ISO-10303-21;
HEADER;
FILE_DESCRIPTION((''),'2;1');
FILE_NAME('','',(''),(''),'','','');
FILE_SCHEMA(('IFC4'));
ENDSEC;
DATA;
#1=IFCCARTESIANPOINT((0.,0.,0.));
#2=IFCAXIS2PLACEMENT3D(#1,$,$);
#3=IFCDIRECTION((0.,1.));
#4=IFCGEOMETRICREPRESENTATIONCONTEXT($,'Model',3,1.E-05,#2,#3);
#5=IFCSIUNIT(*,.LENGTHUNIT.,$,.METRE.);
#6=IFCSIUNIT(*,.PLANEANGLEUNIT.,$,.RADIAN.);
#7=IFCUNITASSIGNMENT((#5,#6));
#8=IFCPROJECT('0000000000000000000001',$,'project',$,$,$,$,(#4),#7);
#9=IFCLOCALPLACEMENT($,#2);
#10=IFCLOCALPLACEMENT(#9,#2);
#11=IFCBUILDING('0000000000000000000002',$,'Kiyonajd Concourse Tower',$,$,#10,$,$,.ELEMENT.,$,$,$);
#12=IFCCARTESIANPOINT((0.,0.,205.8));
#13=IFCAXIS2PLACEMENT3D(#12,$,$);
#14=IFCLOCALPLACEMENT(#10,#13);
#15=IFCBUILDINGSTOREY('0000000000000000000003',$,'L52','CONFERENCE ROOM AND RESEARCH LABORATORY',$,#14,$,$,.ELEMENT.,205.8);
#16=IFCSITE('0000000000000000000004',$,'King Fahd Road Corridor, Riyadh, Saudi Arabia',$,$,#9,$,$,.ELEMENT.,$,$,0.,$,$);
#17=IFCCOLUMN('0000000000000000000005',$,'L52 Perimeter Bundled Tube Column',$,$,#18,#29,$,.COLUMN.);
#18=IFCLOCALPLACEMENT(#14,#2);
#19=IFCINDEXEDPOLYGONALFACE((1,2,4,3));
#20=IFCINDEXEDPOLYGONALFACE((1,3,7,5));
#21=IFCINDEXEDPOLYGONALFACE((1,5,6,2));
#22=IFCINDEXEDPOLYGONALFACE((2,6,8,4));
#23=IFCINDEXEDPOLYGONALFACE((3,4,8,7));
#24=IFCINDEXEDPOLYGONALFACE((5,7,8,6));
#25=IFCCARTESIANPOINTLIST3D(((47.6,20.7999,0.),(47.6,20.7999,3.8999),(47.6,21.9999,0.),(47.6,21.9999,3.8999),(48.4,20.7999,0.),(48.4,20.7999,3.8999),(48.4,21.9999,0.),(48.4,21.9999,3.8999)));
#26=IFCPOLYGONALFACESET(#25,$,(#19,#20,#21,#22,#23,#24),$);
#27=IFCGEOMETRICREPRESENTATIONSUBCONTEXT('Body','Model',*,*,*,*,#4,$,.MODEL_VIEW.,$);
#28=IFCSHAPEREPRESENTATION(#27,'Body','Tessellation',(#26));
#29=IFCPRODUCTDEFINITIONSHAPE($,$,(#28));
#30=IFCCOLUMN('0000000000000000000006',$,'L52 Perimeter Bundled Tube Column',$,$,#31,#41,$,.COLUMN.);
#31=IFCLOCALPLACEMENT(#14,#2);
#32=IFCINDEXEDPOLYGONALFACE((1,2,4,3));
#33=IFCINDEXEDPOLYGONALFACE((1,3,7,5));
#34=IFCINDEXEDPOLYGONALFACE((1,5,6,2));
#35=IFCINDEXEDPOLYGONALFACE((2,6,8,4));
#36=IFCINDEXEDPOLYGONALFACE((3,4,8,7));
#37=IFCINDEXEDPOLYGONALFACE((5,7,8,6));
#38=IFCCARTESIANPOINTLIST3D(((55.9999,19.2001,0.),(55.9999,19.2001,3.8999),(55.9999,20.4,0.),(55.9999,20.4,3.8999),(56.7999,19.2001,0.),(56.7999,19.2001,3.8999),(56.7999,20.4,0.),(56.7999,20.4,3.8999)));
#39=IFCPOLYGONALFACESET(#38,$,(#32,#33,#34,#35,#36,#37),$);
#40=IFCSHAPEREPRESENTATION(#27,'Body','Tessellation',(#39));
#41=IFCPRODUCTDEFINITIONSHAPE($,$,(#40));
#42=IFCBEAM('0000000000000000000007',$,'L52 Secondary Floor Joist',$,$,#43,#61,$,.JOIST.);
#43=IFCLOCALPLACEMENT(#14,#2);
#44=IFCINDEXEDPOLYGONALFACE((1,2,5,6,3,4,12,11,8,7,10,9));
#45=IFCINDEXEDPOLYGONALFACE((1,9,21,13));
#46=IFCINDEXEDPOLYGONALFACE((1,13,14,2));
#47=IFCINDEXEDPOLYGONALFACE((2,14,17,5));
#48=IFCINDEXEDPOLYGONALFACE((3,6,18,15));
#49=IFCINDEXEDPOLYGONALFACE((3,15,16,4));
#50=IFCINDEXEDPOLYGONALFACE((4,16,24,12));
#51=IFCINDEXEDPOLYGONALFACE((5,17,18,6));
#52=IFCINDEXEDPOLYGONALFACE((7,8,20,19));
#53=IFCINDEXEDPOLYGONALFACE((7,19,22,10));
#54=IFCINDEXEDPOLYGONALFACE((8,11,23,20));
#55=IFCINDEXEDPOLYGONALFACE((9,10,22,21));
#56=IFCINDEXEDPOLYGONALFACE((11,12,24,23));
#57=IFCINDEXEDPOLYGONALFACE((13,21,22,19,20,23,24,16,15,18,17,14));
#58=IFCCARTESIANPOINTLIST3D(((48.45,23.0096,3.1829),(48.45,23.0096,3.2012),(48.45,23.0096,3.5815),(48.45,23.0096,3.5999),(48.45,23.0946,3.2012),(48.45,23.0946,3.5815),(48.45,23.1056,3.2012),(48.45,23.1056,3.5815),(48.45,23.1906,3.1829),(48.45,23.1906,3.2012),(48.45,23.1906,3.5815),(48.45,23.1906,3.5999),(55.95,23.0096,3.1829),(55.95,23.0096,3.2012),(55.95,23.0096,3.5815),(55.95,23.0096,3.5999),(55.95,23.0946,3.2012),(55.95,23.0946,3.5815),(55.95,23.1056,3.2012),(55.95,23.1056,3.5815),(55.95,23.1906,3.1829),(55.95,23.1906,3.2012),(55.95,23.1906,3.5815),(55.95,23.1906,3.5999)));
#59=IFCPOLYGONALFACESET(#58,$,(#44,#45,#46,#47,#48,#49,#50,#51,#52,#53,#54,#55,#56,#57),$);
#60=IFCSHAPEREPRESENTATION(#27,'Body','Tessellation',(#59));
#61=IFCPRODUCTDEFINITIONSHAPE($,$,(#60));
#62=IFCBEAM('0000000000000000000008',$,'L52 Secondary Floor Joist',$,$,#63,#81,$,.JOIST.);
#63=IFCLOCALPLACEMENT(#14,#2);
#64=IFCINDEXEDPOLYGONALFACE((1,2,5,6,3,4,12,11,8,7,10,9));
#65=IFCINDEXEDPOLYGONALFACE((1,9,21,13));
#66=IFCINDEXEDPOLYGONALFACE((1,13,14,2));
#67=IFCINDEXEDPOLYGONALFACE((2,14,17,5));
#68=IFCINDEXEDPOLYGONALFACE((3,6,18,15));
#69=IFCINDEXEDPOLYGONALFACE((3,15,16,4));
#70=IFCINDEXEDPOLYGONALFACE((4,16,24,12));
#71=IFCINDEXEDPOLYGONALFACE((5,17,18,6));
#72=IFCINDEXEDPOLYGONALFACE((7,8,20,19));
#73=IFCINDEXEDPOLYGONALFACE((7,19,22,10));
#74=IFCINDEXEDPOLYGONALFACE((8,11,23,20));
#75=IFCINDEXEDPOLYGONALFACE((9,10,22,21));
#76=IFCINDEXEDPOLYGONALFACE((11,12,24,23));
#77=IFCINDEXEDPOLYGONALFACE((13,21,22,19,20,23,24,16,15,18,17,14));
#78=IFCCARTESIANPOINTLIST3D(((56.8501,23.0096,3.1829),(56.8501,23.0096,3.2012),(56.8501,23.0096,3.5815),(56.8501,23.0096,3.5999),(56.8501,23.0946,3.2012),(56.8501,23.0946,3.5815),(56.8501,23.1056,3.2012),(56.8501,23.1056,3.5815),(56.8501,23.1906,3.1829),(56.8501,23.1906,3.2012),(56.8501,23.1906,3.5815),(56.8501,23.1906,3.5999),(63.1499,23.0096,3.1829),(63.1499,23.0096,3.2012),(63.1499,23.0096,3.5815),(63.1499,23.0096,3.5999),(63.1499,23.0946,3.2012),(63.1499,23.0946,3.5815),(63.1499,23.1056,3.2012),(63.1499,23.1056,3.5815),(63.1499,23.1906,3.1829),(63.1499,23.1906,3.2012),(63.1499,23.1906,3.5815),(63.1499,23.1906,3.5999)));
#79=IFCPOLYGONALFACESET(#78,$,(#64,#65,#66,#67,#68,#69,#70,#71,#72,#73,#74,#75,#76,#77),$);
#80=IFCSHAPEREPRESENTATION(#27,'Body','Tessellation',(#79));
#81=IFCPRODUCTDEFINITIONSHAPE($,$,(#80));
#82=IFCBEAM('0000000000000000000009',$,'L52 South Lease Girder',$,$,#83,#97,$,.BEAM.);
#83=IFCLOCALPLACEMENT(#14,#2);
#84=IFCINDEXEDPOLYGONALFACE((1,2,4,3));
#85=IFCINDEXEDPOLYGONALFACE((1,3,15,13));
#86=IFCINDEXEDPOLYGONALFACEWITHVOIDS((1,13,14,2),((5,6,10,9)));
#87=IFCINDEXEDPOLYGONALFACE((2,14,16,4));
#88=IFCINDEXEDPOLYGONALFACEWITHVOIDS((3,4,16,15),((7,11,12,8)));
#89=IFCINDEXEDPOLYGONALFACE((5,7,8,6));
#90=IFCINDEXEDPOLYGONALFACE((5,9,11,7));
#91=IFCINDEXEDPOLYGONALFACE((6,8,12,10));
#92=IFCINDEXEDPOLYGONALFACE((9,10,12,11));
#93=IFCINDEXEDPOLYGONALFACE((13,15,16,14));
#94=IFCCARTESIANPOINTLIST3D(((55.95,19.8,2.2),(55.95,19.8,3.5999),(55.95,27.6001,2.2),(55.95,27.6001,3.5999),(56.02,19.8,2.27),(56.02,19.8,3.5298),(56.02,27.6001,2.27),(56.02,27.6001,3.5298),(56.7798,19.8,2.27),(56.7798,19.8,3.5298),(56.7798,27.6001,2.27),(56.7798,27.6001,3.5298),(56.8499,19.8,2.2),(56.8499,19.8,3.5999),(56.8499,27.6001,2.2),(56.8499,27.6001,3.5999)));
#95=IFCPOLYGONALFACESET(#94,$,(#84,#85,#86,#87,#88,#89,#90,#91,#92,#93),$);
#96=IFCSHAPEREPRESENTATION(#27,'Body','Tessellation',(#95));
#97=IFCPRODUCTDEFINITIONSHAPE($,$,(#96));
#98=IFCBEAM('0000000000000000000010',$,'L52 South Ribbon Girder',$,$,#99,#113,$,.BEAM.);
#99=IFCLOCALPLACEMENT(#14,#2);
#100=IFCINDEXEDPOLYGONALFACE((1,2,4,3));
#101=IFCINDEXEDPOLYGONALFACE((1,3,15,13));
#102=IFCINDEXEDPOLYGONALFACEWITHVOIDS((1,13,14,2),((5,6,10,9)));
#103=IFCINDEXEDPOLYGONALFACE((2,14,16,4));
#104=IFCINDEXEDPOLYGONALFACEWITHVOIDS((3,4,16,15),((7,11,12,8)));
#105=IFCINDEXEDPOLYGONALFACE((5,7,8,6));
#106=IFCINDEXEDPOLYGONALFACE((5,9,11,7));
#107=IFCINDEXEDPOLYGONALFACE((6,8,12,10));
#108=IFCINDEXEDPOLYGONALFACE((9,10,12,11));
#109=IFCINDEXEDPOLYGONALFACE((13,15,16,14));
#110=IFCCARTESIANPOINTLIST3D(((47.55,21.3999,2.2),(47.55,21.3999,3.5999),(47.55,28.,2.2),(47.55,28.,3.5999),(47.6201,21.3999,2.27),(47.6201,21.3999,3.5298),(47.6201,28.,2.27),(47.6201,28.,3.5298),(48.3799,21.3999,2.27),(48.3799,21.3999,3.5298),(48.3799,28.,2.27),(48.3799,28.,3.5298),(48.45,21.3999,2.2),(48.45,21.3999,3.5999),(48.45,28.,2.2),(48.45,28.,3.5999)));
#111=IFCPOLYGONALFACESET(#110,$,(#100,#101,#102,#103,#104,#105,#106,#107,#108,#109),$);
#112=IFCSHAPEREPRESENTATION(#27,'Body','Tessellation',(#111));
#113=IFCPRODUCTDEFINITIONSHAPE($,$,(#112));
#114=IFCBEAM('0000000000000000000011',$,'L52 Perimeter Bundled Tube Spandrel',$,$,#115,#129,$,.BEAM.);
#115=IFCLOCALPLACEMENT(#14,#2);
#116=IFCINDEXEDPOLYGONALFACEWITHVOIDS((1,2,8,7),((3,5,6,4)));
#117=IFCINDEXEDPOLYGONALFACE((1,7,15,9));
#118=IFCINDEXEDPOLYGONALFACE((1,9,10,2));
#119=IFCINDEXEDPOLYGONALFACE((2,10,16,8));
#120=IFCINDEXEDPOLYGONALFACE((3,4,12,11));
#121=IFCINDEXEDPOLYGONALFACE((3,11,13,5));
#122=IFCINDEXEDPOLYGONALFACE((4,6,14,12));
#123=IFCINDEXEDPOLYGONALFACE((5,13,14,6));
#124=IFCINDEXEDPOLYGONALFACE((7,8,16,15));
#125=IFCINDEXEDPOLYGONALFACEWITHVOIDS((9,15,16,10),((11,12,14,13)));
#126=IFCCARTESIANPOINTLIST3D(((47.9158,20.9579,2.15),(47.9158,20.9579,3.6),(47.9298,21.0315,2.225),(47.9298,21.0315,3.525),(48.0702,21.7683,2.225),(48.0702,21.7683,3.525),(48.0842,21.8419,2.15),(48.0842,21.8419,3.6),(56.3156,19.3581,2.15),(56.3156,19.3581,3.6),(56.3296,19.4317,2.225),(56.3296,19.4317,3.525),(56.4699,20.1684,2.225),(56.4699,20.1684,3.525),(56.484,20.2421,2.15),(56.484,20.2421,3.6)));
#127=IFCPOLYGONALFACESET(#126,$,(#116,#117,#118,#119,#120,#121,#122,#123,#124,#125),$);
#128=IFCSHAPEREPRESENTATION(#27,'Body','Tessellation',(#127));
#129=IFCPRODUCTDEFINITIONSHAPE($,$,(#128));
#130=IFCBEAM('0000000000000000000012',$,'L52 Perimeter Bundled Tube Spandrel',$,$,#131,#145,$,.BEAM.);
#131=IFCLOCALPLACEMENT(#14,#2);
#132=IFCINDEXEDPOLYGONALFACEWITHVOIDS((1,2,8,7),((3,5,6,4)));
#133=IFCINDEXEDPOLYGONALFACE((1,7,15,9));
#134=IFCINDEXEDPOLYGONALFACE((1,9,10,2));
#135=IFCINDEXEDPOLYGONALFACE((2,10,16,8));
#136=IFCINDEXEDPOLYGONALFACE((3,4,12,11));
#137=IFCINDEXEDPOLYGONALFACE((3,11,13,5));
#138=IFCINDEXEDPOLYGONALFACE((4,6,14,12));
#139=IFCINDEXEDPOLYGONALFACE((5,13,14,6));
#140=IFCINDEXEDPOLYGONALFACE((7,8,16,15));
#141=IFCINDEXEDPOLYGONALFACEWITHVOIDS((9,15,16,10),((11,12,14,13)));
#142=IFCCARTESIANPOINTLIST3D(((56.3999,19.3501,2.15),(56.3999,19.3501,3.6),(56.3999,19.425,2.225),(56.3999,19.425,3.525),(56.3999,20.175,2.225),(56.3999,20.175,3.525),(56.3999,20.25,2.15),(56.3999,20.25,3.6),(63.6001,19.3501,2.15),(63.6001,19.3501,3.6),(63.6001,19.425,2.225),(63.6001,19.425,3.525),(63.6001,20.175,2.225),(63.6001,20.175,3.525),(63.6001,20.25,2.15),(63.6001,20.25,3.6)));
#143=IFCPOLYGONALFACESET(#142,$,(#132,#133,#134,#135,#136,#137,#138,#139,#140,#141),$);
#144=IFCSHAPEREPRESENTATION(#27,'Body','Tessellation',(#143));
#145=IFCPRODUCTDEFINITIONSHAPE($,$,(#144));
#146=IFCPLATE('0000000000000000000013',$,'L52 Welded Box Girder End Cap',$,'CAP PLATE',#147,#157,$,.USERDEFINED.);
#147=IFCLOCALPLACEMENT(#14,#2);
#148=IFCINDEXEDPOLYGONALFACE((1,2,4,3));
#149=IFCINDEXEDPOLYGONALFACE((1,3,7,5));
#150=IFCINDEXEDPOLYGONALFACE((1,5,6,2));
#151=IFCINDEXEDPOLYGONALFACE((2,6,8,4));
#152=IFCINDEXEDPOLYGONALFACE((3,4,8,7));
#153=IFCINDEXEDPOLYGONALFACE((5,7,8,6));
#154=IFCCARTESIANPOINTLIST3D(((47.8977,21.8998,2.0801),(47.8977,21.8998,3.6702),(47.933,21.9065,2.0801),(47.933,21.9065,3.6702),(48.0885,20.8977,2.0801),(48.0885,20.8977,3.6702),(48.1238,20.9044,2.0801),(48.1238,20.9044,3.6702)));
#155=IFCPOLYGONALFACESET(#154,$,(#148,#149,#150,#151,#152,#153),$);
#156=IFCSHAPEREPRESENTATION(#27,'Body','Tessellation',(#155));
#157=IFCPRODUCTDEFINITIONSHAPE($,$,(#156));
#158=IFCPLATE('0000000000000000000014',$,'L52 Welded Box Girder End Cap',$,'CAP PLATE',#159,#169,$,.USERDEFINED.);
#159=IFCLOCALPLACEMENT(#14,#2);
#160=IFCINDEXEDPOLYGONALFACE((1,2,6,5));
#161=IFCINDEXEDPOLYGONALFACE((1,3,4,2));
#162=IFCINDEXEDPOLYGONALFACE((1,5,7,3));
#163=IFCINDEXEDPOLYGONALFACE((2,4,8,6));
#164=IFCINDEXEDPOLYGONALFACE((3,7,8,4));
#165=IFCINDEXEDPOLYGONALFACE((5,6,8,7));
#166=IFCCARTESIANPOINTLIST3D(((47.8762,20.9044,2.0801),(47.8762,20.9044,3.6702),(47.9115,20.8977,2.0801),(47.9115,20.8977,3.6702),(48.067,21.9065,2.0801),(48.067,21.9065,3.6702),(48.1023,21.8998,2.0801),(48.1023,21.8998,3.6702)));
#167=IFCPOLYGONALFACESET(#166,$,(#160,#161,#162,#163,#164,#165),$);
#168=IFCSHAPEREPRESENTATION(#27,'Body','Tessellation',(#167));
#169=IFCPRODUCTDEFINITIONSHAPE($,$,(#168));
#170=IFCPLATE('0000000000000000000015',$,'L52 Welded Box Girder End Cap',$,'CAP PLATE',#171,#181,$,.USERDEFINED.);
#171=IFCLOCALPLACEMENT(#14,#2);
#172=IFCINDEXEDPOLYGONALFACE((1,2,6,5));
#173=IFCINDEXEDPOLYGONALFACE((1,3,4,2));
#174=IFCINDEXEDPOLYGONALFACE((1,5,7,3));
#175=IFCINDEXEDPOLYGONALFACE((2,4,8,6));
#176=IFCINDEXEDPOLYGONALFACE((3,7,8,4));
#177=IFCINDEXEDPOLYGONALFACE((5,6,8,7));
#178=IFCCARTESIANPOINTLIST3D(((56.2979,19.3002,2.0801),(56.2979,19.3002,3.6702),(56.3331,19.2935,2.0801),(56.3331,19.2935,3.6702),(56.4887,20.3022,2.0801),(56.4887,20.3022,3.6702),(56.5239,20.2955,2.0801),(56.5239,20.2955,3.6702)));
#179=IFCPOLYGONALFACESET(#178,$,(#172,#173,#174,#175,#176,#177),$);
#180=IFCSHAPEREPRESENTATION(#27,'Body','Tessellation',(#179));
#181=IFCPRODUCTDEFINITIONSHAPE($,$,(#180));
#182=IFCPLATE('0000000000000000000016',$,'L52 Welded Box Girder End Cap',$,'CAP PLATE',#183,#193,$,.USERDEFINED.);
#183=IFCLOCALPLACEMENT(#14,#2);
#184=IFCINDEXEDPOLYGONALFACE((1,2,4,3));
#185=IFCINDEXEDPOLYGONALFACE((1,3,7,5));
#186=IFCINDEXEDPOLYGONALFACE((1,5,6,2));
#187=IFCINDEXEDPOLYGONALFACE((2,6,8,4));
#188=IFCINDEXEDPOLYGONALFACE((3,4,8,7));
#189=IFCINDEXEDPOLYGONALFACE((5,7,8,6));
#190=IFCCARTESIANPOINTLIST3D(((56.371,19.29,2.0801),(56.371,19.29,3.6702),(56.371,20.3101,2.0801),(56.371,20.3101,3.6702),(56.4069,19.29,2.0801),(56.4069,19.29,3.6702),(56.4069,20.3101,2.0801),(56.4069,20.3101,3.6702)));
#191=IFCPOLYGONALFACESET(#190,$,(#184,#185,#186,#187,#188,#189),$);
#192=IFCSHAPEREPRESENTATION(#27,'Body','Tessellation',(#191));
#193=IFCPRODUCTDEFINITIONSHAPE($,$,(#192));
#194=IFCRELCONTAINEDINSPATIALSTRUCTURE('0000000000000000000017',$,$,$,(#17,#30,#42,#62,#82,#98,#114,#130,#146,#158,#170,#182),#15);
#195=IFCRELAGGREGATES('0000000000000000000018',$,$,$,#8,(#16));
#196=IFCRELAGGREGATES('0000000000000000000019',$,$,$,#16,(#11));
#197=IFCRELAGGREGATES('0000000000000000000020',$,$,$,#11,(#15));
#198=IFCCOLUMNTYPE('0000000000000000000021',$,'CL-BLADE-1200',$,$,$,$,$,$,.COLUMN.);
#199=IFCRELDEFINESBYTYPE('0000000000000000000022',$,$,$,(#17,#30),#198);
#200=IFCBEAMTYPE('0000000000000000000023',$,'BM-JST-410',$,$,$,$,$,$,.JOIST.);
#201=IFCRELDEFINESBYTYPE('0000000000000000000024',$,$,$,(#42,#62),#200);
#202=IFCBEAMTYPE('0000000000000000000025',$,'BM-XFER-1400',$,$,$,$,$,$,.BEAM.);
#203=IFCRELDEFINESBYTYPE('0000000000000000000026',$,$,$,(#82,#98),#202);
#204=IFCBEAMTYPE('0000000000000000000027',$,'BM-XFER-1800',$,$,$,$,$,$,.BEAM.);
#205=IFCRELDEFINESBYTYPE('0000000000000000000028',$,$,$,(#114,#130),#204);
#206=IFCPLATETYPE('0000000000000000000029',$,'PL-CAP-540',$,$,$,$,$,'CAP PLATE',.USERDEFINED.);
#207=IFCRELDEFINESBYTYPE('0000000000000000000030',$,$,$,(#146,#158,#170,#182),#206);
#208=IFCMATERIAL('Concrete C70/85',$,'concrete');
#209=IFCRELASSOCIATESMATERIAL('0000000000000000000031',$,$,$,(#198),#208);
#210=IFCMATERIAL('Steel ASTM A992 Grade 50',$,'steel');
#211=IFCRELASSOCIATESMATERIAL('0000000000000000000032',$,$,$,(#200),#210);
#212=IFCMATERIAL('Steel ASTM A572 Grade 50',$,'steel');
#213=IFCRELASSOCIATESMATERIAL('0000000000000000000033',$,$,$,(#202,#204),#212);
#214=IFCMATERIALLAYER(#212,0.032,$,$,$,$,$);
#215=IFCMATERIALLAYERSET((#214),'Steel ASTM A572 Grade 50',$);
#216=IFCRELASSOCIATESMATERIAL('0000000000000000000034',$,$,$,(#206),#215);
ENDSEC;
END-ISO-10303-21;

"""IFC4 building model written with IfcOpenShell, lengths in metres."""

from ifc_helpers import new_model, si_unit, direction, frame, origin, origin_2d, place, context, subcontext, project, spatial, rectangle, hollow_rectangle, i_section, extrude, material, layer, layer_set, material_profile, profile_set, type_object, element, save


model = new_model("IFC4")

# Units and contexts
model_context = context("Model", 3, precision=1e-05, world=origin(), true_north=direction((0.0, 1.0)))
body_context = subcontext(model_context, "Body", "Model", "MODEL_VIEW")
ifc_project = project(units=[si_unit("LENGTHUNIT", "METRE"), si_unit("PLANEANGLEUNIT", "RADIAN")], contexts=[model_context])

# Site, building, storey
site_placement = place(None, origin())
site = spatial("IfcSite", under=ifc_project, at=site_placement, Name="King Fahd Road Corridor, Riyadh, Saudi Arabia", CompositionType="ELEMENT", RefElevation=0.0)
building_placement = place(site_placement, origin())
building = spatial("IfcBuilding", under=site, at=building_placement, Name="Kiyonajd Concourse Tower", CompositionType="ELEMENT")
storey_placement = place(building_placement, frame((0.0, 0.0, 205.8)))
storey = spatial("IfcBuildingStorey", under=building, at=storey_placement, Name="L52", Description="CONFERENCE ROOM AND RESEARCH LABORATORY", CompositionType="ELEMENT", Elevation=205.8)

# Columns
ifc_material_1 = material(Name="Concrete C70/85", Category="concrete")
ifc_material_profile_1 = material_profile(ifc_material_1, rectangle(XDim=0.8, YDim=1.2, at=origin_2d()), Name="RC-1200x800")
ifc_profile_set_1 = profile_set([ifc_material_profile_1], Name="Concrete C70/85")
column_type = type_object("IfcColumnType", Name="CL-BLADE-1200", PredefinedType="COLUMN", material=ifc_profile_set_1)
for number, where, z_axis, x_axis, name in (
    (1, (48.0, 21.3999, 0.0), (0.0, 0.0, 1.0), (1.0, 0.0, 0.0), "L52 Perimeter Bundled Tube Column"),
    (2, (56.3999, 19.8, 0.0), (0.0, 0.0, 1.0), (1.0, 0.0, 0.0), "L52 Perimeter Bundled Tube Column"),
):
    element("IfcColumn", number, at=place(storey_placement, frame(where, z_axis=z_axis, x_axis=x_axis)), inside=storey, type_object=column_type, Name=name, PredefinedType="COLUMN", context=body_context, shape_type="SweptSolid", body=[
        extrude(rectangle(XDim=0.8, YDim=1.2, at=origin_2d()), origin(), (0.0, 0.0, 1.0), 3.8999),
    ])

# Beams
ifc_material_2 = material(Name="Steel ASTM A992 Grade 50", Category="steel")
ifc_material_profile_2 = material_profile(ifc_material_2, i_section(OverallWidth=0.1809, OverallDepth=0.417, WebThickness=0.011, FlangeThickness=0.0183, at=origin_2d()), Name="W410X85")
ifc_profile_set_2 = profile_set([ifc_material_profile_2], Name="Steel ASTM A992 Grade 50")
beam_type_1 = type_object("IfcBeamType", Name="BM-JST-410", PredefinedType="JOIST", material=ifc_profile_set_2)
beam_1_placement = place(storey_placement, frame((48.45, 23.1001, 3.3914), z_axis=(1.0, 0.0, 0.0), x_axis=(0.0, 1.0, 0.0)))
element("IfcBeam", 3, at=beam_1_placement, inside=storey, type_object=beam_type_1, Name="L52 Secondary Floor Joist", PredefinedType="JOIST", context=body_context, shape_type="SweptSolid", body=[
    extrude(i_section(OverallWidth=0.1809, OverallDepth=0.417, WebThickness=0.011, FlangeThickness=0.0183, at=origin_2d()), origin(), (0.0, 0.0, 1.0), 7.5),
])
beam_2_placement = place(storey_placement, frame((56.8501, 23.1001, 3.3914), z_axis=(1.0, 0.0, 0.0), x_axis=(0.0, 1.0, 0.0)))
element("IfcBeam", 4, at=beam_2_placement, inside=storey, type_object=beam_type_1, Name="L52 Secondary Floor Joist", PredefinedType="JOIST", context=body_context, shape_type="SweptSolid", body=[
    extrude(i_section(OverallWidth=0.1809, OverallDepth=0.417, WebThickness=0.011, FlangeThickness=0.0183, at=origin_2d()), origin(), (0.0, 0.0, 1.0), 6.2998),
])
ifc_material_3 = material(Name="Steel ASTM A572 Grade 50", Category="steel")
ifc_material_profile_3 = material_profile(ifc_material_3, hollow_rectangle(XDim=0.8999, YDim=1.3999, WallThickness=0.0701, at=origin_2d()), Name="BOX-1400x900x70")
ifc_profile_set_3 = profile_set([ifc_material_profile_3], Name="Steel ASTM A572 Grade 50")
beam_type_2 = type_object("IfcBeamType", Name="BM-XFER-1400", PredefinedType="BEAM", material=ifc_profile_set_3)
beam_3_placement = place(storey_placement, frame((56.3999, 19.8, 2.8999), z_axis=(0.0, 1.0, 0.0), x_axis=(-1.0, 0.0, 0.0)))
element("IfcBeam", 5, at=beam_3_placement, inside=storey, type_object=beam_type_2, Name="L52 South Lease Girder", PredefinedType="BEAM", context=body_context, shape_type="SweptSolid", body=[
    extrude(hollow_rectangle(XDim=0.8999, YDim=1.3999, WallThickness=0.0701, at=origin_2d()), origin(), (0.0, 0.0, 1.0), 7.8),
])
beam_4_placement = place(storey_placement, frame((48.0, 21.3999, 2.8999), z_axis=(0.0, 1.0, 0.0), x_axis=(-1.0, 0.0, 0.0)))
element("IfcBeam", 6, at=beam_4_placement, inside=storey, type_object=beam_type_2, Name="L52 South Ribbon Girder", PredefinedType="BEAM", context=body_context, shape_type="SweptSolid", body=[
    extrude(hollow_rectangle(XDim=0.8999, YDim=1.3999, WallThickness=0.0701, at=origin_2d()), origin(), (0.0, 0.0, 1.0), 6.6001),
])
ifc_material_profile_4 = material_profile(ifc_material_3, hollow_rectangle(XDim=0.8999, YDim=1.45, WallThickness=0.075, at=origin_2d()), Name="BOX-1450x900x75")
ifc_profile_set_4 = profile_set([ifc_material_profile_4], Name="Steel ASTM A572 Grade 50")
beam_type_3 = type_object("IfcBeamType", Name="BM-XFER-1800", PredefinedType="BEAM", material=ifc_profile_set_4)
beam_5_placement = place(storey_placement, frame((48.0, 21.3999, 2.875), z_axis=(0.982341, -0.187098, 0.0), x_axis=(0.187098, 0.982341, 0.0)))
element("IfcBeam", 7, at=beam_5_placement, inside=storey, type_object=beam_type_3, Name="L52 Perimeter Bundled Tube Spandrel", PredefinedType="BEAM", context=body_context, shape_type="SweptSolid", body=[
    extrude(hollow_rectangle(XDim=0.8999, YDim=1.45, WallThickness=0.075, at=origin_2d()), origin(), (0.0, 0.0, 1.0), 8.5508),
])
beam_6_placement = place(storey_placement, frame((56.3999, 19.8, 2.875), z_axis=(1.0, 0.0, 0.0), x_axis=(0.0, 1.0, 0.0)))
element("IfcBeam", 8, at=beam_6_placement, inside=storey, type_object=beam_type_3, Name="L52 Perimeter Bundled Tube Spandrel", PredefinedType="BEAM", context=body_context, shape_type="SweptSolid", body=[
    extrude(hollow_rectangle(XDim=0.8999, YDim=1.45, WallThickness=0.075, at=origin_2d()), origin(), (0.0, 0.0, 1.0), 7.2002),
])

# Plates
ifc_layer_1 = layer(ifc_material_3, 0.032)
ifc_layer_set_1 = layer_set([ifc_layer_1], Name="Steel ASTM A572 Grade 50")
plate_type_1 = type_object("IfcPlateType", Name="PL-CAP-540", ElementType="CAP PLATE", PredefinedType="USERDEFINED", material=ifc_layer_set_1)
for number, where, z_axis, x_axis, name in (
    (9, (48.0107, 21.4021, 2.0801), (0.0, 0.0, 1.0), (0.982353, 0.187038, 0.0), "L52 Welded Box Girder End Cap"),
    (10, (47.9893, 21.4021, 2.0801), (0.0, 0.0, 1.0), (-0.982353, 0.187038, 0.0), "L52 Welded Box Girder End Cap"),
    (11, (56.4109, 19.7979, 2.0801), (0.0, 0.0, 1.0), (0.982353, -0.187038, 0.0), "L52 Welded Box Girder End Cap"),
    (12, (56.3889, 19.8, 2.0801), (0.0, 0.0, 1.0), (-1.0, 0.0, 0.0), "L52 Welded Box Girder End Cap"),
):
    element("IfcPlate", number, at=place(storey_placement, frame(where, z_axis=z_axis, x_axis=x_axis)), inside=storey, type_object=plate_type_1, Name=name, ObjectType="CAP PLATE", PredefinedType="USERDEFINED", context=body_context, shape_type="SweptSolid", body=[
        extrude(rectangle(XDim=0.0359, YDim=1.02, at=origin_2d()), origin(), (0.0, 0.0, 1.0), 1.5901),
    ])

save(model, "model.ifc")
